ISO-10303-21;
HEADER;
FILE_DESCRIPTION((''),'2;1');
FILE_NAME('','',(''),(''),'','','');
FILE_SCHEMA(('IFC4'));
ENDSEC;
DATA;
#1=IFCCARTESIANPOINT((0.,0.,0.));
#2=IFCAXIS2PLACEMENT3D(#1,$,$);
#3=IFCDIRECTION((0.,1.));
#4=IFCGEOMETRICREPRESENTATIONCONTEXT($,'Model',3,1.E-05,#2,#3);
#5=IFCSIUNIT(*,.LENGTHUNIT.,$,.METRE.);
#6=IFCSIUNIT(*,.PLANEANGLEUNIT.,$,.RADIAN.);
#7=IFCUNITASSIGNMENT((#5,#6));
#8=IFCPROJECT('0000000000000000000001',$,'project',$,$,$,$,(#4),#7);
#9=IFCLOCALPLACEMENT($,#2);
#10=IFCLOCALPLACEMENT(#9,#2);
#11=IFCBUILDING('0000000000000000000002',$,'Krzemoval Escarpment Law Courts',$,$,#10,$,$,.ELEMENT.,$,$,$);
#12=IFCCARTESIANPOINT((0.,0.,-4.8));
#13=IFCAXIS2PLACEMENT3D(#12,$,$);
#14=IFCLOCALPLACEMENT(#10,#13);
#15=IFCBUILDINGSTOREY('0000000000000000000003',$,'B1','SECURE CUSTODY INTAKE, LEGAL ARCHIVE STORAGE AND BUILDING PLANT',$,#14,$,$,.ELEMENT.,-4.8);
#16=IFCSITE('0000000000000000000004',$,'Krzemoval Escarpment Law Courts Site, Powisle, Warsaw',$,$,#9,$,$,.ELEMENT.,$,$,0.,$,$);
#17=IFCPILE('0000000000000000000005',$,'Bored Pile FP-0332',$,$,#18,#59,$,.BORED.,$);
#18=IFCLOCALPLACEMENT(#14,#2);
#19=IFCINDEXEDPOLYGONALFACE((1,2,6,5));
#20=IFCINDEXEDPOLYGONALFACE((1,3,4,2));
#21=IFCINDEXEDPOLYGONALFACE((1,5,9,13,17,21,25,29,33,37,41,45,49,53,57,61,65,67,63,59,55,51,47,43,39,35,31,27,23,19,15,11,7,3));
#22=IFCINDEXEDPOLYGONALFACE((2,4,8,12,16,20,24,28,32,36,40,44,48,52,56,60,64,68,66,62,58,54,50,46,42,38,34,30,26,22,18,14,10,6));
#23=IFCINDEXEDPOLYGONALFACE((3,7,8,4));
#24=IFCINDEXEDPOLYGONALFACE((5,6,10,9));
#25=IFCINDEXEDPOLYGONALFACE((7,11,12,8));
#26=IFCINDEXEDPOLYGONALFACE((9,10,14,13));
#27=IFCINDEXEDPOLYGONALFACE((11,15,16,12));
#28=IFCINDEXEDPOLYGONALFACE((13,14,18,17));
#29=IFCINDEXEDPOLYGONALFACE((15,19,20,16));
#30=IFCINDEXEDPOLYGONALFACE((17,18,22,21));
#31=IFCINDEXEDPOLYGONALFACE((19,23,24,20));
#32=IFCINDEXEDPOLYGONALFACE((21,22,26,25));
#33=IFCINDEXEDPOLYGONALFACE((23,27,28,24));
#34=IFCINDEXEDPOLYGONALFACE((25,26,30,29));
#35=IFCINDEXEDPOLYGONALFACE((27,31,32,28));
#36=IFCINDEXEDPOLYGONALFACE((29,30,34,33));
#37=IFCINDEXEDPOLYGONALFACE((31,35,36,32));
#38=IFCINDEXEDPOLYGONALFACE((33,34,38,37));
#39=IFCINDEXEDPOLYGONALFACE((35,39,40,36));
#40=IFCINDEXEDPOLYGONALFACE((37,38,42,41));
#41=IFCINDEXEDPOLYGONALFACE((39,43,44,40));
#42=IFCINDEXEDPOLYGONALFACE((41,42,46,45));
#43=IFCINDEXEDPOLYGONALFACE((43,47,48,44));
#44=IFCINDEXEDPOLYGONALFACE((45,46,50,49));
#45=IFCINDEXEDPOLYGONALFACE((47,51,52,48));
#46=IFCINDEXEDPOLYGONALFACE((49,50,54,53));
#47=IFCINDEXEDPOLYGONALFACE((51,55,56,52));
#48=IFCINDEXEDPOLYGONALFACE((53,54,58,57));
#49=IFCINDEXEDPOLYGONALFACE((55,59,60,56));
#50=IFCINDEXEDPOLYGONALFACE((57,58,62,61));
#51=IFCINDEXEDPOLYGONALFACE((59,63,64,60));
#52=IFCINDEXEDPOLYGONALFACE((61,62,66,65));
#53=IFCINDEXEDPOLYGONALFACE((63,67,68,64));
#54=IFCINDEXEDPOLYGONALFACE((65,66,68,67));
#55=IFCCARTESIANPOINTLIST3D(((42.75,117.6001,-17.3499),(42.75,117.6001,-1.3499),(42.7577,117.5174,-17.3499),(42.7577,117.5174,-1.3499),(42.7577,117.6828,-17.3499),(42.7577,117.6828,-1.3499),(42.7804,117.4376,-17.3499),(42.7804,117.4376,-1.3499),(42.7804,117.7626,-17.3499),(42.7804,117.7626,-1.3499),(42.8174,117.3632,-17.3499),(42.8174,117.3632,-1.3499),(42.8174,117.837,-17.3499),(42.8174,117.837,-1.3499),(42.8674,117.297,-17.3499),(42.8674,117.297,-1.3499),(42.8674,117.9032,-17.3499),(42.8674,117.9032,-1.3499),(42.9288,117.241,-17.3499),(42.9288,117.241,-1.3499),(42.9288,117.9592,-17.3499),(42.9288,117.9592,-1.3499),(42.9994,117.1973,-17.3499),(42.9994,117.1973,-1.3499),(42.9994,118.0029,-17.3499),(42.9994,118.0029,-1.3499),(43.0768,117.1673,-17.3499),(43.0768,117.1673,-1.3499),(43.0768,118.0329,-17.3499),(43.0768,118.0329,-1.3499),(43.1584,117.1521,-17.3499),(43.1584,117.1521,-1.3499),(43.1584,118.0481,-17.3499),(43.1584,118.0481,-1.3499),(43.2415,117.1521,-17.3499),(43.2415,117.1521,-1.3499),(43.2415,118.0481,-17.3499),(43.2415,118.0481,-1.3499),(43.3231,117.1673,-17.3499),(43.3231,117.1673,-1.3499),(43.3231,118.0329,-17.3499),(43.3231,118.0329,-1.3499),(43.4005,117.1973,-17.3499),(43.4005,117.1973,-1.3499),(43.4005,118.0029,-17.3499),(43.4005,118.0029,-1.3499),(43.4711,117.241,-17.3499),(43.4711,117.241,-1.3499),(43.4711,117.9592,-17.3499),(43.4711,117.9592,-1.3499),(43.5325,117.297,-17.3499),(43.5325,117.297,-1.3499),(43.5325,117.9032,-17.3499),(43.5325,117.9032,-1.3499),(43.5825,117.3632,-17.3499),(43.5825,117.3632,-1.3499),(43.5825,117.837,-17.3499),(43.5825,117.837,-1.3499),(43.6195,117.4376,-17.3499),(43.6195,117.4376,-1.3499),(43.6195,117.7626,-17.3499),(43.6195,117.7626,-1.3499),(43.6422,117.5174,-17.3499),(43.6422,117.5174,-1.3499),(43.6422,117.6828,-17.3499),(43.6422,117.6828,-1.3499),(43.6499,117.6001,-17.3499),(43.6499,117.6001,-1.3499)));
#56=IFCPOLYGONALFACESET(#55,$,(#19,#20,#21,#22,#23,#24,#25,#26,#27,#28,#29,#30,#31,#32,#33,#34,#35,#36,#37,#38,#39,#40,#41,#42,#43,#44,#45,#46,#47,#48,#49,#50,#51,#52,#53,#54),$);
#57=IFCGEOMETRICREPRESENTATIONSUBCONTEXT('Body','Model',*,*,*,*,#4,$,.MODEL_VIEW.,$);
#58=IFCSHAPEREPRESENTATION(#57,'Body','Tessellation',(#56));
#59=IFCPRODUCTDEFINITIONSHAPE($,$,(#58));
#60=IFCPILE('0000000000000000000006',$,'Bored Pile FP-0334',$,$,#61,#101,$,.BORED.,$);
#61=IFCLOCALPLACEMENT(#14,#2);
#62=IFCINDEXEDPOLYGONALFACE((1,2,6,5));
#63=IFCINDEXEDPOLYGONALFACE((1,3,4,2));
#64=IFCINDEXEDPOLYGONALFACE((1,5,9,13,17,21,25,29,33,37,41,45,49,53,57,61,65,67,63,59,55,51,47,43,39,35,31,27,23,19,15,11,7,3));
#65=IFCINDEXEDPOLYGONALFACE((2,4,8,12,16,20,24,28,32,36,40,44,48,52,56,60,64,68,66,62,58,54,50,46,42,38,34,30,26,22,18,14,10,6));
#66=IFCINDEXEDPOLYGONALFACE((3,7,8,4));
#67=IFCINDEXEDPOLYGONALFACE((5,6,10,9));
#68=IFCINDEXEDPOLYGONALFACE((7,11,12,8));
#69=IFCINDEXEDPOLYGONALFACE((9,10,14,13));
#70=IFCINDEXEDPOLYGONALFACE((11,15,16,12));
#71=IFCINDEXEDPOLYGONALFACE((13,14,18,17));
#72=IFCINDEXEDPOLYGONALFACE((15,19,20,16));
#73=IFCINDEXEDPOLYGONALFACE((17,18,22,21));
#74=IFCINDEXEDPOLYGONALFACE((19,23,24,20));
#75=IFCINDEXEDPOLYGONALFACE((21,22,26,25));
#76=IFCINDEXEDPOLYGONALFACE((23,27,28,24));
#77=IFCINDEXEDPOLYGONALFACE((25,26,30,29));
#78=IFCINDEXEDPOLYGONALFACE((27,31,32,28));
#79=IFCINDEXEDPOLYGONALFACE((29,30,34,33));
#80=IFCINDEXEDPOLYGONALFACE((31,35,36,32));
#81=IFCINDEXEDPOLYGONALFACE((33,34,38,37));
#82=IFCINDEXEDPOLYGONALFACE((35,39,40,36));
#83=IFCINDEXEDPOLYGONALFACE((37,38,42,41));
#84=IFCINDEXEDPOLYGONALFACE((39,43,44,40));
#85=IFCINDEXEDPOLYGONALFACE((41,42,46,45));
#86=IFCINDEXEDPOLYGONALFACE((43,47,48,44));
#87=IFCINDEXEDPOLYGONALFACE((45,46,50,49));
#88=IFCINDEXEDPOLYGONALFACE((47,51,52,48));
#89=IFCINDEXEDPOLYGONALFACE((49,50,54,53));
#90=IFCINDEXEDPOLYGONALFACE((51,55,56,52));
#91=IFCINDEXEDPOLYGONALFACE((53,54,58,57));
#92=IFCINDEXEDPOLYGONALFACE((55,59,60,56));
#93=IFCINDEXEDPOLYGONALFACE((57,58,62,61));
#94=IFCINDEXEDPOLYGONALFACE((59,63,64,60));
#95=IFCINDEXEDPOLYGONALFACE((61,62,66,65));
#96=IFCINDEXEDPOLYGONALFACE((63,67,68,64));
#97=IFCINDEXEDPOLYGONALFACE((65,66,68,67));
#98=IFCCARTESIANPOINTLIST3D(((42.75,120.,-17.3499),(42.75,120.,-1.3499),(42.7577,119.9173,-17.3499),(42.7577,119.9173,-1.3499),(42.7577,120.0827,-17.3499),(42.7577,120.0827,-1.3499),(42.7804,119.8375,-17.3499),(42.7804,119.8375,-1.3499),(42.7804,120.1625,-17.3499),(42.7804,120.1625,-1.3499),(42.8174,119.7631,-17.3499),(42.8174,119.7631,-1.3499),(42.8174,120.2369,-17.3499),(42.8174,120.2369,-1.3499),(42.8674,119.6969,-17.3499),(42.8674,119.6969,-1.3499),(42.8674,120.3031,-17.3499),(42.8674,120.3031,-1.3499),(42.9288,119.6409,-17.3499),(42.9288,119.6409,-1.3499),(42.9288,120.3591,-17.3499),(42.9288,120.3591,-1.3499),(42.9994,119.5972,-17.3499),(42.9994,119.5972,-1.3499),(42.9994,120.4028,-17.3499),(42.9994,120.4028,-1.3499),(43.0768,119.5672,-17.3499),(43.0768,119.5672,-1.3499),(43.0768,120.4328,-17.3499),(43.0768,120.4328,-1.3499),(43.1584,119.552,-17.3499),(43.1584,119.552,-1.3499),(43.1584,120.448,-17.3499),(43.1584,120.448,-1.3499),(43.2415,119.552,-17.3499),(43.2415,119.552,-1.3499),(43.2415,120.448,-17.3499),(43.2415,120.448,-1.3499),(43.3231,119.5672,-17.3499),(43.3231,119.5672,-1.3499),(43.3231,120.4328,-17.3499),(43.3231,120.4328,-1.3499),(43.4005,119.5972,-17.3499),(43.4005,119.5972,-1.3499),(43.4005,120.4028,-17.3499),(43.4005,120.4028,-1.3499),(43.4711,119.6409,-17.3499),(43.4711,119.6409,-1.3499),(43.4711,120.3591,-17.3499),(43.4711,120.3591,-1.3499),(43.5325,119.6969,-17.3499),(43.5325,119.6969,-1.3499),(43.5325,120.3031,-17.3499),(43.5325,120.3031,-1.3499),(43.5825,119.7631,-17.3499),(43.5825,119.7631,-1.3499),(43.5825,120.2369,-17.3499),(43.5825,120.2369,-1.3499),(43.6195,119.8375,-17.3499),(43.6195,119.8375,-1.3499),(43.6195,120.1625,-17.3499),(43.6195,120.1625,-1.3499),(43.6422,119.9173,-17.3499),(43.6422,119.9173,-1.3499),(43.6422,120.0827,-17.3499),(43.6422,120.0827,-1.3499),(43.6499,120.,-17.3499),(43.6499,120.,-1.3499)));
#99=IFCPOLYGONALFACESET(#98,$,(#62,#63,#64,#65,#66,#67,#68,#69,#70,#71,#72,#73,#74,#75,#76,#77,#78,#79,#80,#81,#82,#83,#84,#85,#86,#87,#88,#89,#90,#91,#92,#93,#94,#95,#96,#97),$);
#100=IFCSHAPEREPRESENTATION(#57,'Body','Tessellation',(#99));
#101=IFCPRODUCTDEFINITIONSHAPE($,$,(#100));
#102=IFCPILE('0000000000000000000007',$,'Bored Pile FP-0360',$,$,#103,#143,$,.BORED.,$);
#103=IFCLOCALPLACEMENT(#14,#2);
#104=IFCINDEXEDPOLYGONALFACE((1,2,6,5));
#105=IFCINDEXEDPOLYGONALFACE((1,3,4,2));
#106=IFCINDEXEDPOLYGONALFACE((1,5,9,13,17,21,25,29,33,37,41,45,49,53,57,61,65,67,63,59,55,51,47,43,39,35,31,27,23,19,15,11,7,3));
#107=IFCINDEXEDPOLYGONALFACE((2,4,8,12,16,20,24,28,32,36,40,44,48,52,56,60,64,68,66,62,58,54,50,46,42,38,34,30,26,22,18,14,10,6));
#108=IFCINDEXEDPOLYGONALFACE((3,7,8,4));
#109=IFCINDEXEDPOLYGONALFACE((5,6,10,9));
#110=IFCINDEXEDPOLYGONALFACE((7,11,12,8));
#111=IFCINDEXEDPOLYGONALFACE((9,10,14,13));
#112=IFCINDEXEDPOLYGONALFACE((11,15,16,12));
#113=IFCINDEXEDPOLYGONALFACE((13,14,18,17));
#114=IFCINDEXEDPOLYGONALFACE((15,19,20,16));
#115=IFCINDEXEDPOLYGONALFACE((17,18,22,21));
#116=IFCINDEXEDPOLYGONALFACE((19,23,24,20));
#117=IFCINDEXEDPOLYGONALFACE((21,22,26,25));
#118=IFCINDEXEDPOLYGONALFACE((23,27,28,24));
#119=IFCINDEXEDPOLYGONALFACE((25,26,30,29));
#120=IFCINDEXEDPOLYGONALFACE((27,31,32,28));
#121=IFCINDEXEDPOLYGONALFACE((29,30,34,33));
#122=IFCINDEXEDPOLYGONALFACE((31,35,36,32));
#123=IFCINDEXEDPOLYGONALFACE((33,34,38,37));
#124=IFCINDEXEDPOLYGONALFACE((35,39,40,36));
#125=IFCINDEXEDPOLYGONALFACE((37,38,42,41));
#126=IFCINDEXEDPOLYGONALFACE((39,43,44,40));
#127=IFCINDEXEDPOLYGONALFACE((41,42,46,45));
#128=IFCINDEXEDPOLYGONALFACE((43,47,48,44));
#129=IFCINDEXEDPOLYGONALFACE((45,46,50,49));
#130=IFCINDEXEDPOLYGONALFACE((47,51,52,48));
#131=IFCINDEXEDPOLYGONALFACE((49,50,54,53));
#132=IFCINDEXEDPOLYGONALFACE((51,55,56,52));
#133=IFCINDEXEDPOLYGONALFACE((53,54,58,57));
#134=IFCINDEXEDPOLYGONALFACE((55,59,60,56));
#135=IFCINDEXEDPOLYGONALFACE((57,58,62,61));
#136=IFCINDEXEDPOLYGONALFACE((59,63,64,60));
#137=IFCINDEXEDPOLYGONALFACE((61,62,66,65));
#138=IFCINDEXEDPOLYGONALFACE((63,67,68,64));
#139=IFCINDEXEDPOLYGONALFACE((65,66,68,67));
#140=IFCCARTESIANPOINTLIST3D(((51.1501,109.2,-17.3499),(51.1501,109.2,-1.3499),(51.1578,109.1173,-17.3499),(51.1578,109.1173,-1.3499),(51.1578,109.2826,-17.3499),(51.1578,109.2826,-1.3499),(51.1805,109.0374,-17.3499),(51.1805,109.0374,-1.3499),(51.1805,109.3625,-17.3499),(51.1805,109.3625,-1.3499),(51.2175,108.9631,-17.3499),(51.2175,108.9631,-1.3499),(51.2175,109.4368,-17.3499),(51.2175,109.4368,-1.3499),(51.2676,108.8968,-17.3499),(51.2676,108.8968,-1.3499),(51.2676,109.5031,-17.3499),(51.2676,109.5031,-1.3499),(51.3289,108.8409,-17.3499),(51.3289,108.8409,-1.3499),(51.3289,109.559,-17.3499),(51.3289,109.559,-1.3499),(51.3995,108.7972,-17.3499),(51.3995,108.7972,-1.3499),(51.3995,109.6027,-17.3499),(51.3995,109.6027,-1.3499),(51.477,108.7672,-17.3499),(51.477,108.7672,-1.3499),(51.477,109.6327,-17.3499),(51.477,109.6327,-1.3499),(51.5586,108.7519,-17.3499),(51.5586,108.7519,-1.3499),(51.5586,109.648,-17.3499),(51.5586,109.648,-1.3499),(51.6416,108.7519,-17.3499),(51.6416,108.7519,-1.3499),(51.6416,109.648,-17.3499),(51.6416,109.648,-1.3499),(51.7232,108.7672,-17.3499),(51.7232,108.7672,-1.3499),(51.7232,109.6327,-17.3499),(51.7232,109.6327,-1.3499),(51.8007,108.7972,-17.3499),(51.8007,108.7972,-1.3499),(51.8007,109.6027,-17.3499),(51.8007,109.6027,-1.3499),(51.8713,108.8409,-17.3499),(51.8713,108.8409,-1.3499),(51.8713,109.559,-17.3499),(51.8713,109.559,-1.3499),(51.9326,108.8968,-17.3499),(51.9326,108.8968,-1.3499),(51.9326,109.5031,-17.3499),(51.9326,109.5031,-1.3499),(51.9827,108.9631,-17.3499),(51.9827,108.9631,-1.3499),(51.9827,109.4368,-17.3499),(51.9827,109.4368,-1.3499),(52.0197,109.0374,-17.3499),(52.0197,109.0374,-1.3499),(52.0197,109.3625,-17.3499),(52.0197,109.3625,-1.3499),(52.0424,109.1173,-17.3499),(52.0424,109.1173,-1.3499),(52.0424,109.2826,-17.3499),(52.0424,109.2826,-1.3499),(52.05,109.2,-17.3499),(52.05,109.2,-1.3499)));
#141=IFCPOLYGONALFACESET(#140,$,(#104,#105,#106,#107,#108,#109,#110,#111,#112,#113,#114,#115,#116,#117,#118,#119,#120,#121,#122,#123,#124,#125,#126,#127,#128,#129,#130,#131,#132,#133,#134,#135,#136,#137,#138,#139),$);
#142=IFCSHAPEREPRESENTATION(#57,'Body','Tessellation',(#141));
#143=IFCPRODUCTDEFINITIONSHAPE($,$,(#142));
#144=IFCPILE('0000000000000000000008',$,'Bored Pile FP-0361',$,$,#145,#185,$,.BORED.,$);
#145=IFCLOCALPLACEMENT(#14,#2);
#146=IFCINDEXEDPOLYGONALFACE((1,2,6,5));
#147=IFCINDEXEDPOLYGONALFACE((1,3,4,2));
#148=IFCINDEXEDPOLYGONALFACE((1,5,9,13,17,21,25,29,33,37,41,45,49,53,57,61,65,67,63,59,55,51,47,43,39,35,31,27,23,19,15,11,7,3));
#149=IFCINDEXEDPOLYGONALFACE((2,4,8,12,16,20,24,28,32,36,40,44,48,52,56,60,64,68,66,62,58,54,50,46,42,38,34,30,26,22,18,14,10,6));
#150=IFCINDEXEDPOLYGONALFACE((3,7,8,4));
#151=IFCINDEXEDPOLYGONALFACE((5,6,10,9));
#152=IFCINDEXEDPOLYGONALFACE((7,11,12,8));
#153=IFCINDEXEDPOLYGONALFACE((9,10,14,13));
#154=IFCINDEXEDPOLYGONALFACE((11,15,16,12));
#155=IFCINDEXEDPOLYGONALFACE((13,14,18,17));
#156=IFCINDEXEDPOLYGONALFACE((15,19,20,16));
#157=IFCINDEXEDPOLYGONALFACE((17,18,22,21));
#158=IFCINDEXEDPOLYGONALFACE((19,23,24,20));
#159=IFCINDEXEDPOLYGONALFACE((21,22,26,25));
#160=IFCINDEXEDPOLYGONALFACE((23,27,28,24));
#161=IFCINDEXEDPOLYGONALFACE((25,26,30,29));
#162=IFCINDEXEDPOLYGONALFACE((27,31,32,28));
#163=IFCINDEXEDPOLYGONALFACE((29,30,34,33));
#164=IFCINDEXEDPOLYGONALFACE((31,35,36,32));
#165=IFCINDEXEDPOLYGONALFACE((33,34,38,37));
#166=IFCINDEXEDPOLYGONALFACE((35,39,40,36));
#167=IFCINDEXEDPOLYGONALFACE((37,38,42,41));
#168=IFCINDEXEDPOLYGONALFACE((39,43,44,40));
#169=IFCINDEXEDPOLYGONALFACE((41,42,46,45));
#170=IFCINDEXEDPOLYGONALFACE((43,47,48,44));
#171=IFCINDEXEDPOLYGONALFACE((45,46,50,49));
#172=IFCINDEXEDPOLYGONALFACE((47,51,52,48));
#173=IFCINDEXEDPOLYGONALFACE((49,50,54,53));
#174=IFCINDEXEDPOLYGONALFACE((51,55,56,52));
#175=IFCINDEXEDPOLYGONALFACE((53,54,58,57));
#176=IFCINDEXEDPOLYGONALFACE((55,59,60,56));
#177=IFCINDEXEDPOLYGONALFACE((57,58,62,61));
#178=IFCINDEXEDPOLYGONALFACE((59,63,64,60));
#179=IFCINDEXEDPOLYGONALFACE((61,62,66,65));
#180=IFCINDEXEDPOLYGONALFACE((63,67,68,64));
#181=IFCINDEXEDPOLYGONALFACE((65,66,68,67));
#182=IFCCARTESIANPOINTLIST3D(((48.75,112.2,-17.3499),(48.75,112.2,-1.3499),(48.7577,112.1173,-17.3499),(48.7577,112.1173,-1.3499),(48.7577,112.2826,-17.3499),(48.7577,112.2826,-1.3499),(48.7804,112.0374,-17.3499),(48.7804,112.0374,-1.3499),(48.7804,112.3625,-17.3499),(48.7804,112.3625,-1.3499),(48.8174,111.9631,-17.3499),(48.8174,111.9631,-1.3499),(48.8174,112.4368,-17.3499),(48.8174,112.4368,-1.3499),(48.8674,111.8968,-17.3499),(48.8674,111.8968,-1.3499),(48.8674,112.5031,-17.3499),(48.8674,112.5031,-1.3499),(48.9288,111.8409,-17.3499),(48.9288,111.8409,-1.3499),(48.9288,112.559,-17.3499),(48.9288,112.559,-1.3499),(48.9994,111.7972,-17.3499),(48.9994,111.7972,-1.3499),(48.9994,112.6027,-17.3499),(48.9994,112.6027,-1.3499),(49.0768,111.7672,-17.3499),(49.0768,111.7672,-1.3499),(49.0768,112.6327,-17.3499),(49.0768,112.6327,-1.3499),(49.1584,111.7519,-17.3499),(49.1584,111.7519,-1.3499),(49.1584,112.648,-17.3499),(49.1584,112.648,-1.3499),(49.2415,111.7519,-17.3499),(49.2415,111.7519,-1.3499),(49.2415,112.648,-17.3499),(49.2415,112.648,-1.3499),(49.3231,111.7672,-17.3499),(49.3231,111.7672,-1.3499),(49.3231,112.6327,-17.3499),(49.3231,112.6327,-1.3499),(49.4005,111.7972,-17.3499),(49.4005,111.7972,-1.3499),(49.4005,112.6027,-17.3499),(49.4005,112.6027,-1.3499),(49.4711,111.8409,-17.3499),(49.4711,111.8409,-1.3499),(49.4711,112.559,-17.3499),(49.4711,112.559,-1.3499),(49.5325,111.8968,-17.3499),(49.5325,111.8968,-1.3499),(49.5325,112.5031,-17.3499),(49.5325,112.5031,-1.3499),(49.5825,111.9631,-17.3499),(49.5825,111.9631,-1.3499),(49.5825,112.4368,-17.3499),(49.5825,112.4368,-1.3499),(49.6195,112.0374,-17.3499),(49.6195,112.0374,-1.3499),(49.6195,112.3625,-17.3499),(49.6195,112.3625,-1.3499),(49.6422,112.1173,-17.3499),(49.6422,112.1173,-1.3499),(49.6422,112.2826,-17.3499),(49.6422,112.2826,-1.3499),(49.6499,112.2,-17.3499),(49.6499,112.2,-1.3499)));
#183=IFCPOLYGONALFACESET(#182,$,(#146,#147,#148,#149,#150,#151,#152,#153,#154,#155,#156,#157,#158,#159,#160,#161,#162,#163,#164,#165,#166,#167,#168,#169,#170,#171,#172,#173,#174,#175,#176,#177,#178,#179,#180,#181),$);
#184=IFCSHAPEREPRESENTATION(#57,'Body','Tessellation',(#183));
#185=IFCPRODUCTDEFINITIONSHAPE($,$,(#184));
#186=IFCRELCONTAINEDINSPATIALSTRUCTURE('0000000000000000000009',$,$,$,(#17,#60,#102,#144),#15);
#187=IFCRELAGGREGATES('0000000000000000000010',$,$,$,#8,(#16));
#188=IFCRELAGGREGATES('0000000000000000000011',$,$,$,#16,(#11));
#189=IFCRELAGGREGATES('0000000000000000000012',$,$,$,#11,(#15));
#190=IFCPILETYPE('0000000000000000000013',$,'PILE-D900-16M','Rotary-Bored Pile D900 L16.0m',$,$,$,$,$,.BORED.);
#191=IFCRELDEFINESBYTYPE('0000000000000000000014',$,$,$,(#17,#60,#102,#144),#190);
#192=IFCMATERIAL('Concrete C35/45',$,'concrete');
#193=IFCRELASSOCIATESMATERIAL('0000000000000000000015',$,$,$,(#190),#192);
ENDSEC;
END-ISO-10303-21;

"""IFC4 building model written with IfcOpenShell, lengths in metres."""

from ifc_helpers import new_model, si_unit, direction, frame, origin, origin_2d, place, context, subcontext, project, spatial, circle, extrude, material, material_profile, profile_set, type_object, element, save


model = new_model("IFC4")

# Units and contexts
model_context = context("Model", 3, precision=1e-05, world=origin(), true_north=direction((0.0, 1.0)))
body_context = subcontext(model_context, "Body", "Model", "MODEL_VIEW")
ifc_project = project(units=[si_unit("LENGTHUNIT", "METRE"), si_unit("PLANEANGLEUNIT", "RADIAN")], contexts=[model_context])

# Site, building, storey
site_placement = place(None, origin())
site = spatial("IfcSite", under=ifc_project, at=site_placement, Name="Krzemoval Escarpment Law Courts Site, Powisle, Warsaw", CompositionType="ELEMENT", RefElevation=0.0)
building_placement = place(site_placement, origin())
building = spatial("IfcBuilding", under=site, at=building_placement, Name="Krzemoval Escarpment Law Courts", CompositionType="ELEMENT")
storey_placement = place(building_placement, frame((0.0, 0.0, -4.8)))
storey = spatial("IfcBuildingStorey", under=building, at=storey_placement, Name="B1", Description="SECURE CUSTODY INTAKE, LEGAL ARCHIVE STORAGE AND BUILDING PLANT", CompositionType="ELEMENT", Elevation=-4.8)

# Piles
ifc_material_1 = material(Name="Concrete C35/45", Category="concrete")
ifc_material_profile_1 = material_profile(ifc_material_1, circle(Radius=0.45, at=origin_2d()), Name="PILE D900")
ifc_profile_set_1 = profile_set([ifc_material_profile_1], Name="Concrete C35/45")
pile_type = type_object("IfcPileType", Name="PILE-D900-16M", Description="Rotary-Bored Pile D900 L16.0m", PredefinedType="BORED", material=ifc_profile_set_1)
for number, where, z_axis, x_axis, name in (
    (1, (43.2, 117.6001, -1.3499), (0.0, 0.0, -1.0), (1.0, 0.0, 0.0), "Bored Pile FP-0332"),
    (2, (43.2, 120.0, -1.3499), (0.0, 0.0, -1.0), (1.0, 0.0, 0.0), "Bored Pile FP-0334"),
    (3, (51.6001, 109.2, -1.3499), (0.0, 0.0, -1.0), (1.0, 0.0, 0.0), "Bored Pile FP-0360"),
    (4, (49.2, 112.2, -1.3499), (0.0, 0.0, -1.0), (1.0, 0.0, 0.0), "Bored Pile FP-0361"),
):
    element("IfcPile", number, at=place(storey_placement, frame(where, z_axis=z_axis, x_axis=x_axis)), inside=storey, type_object=pile_type, Name=name, PredefinedType="BORED", context=body_context, shape_type="SweptSolid", body=[
        extrude(circle(Radius=0.45, at=origin_2d()), origin(), (0.0, 0.0, 1.0), 16.0),
    ])

save(model, "model.ifc")
